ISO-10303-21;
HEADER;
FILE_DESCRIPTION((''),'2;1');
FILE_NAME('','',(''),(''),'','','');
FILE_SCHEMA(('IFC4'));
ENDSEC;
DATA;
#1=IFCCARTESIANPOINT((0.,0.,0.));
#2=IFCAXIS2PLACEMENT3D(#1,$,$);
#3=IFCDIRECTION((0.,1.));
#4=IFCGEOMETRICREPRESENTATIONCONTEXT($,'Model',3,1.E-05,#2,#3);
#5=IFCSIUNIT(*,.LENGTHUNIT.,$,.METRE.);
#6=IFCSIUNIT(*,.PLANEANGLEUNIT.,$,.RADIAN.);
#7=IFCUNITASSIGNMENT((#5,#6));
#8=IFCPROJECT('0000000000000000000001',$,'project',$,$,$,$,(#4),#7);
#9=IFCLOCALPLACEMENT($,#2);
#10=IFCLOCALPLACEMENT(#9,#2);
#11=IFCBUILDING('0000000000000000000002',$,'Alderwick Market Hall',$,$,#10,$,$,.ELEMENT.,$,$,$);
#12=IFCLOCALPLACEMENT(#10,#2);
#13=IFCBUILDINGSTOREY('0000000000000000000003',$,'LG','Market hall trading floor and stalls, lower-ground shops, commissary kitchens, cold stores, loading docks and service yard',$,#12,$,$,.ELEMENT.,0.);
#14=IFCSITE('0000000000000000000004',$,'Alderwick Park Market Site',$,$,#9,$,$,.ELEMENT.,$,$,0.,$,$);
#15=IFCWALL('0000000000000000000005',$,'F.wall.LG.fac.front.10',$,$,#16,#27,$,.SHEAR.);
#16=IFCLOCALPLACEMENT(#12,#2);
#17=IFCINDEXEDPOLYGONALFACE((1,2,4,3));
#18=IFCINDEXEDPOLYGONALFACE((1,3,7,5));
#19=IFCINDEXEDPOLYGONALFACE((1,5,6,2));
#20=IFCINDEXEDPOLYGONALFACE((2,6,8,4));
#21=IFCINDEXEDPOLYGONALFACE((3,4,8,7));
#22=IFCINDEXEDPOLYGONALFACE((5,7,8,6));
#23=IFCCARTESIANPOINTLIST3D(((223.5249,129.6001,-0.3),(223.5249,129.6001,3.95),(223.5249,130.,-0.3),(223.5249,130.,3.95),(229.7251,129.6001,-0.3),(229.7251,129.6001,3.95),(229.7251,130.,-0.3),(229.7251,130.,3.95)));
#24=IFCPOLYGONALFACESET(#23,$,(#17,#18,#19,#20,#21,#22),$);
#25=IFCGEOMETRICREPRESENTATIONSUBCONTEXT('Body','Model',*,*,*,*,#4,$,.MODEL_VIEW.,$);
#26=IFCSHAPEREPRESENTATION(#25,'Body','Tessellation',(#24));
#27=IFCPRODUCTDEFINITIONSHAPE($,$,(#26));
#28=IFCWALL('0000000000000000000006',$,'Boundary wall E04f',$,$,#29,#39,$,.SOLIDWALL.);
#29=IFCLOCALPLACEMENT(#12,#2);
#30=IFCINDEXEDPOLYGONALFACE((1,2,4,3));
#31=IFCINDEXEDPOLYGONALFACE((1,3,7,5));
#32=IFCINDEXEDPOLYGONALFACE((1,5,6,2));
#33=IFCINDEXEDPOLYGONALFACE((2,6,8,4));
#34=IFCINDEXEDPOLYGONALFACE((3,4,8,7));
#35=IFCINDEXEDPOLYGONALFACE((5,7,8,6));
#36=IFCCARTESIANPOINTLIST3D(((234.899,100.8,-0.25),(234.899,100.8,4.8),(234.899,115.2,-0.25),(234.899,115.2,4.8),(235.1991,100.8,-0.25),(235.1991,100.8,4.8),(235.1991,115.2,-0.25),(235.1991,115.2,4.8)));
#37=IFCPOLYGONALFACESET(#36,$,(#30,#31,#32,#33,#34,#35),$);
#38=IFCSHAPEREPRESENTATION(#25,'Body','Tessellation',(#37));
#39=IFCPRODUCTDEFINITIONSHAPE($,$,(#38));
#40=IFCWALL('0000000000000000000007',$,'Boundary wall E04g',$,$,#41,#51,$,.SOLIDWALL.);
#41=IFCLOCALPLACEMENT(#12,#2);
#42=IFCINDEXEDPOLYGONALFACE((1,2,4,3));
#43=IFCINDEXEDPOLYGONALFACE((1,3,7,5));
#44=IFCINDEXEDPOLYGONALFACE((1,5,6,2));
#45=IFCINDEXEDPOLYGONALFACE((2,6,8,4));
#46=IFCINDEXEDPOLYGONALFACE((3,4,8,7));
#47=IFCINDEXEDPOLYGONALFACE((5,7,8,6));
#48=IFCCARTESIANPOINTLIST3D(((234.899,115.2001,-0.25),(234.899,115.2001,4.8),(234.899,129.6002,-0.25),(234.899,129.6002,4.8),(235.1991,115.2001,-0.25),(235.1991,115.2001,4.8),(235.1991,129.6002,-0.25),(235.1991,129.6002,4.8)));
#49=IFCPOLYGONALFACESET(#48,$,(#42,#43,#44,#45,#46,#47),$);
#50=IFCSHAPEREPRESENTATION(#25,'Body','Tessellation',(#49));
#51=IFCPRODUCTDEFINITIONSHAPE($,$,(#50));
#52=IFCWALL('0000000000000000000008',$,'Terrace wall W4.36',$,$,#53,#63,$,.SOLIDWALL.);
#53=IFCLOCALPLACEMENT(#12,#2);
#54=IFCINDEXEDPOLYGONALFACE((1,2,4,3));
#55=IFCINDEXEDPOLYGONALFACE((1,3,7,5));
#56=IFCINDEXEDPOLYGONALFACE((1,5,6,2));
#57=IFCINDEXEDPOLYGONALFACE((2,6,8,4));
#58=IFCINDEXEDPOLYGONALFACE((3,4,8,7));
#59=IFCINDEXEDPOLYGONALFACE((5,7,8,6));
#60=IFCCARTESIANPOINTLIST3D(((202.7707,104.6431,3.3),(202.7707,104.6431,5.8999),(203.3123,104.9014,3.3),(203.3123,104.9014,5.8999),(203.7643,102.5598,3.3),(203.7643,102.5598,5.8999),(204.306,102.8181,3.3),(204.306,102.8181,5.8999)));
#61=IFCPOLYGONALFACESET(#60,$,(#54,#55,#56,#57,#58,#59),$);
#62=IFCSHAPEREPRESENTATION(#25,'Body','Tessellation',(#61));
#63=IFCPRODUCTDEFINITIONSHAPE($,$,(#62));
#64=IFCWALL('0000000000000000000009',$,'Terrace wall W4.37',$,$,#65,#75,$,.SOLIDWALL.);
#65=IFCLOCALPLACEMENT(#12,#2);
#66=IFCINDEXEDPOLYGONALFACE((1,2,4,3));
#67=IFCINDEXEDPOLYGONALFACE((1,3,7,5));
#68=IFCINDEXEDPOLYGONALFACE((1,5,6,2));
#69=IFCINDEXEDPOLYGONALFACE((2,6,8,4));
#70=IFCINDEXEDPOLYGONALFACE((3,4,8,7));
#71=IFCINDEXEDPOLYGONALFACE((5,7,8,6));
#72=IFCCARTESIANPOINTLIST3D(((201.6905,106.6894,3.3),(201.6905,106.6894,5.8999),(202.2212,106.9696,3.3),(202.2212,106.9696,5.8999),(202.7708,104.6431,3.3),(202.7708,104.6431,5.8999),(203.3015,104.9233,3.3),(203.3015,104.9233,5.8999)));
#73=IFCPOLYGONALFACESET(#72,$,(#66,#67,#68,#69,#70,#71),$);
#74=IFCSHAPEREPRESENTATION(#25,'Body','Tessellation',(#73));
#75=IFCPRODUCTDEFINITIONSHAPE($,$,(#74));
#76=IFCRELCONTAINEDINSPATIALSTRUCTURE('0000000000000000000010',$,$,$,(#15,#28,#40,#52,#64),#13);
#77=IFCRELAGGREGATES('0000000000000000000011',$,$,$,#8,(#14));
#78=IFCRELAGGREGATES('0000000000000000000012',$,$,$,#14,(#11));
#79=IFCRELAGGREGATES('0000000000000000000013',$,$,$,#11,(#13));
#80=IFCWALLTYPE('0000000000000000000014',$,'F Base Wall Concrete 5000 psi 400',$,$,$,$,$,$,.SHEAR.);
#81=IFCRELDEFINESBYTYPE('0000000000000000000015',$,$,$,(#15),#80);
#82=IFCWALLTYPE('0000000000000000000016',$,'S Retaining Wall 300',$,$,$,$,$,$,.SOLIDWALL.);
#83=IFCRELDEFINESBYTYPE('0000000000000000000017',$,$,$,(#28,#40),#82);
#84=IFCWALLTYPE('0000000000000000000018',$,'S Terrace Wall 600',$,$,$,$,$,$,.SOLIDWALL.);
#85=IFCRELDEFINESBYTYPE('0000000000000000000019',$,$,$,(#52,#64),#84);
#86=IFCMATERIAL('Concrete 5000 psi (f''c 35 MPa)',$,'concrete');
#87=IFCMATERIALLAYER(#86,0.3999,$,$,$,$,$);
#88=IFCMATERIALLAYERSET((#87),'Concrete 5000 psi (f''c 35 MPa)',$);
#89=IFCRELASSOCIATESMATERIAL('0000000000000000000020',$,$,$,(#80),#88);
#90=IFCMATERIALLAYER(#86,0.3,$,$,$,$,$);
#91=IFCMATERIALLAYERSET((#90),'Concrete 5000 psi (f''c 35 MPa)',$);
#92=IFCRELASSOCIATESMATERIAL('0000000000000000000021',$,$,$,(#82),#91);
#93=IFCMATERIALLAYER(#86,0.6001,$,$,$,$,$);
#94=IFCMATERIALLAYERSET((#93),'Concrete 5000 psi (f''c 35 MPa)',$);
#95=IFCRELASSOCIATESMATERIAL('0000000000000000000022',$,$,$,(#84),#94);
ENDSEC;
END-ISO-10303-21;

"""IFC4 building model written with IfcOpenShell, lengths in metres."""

from ifc_helpers import new_model, si_unit, direction, frame, frame_2d, origin, place, context, subcontext, project, spatial, rectangle, extrude, material, layer, layer_set, type_object, element, save


model = new_model("IFC4")

# Units and contexts
model_context = context("Model", 3, precision=1e-05, world=origin(), true_north=direction((0.0, 1.0)))
body_context = subcontext(model_context, "Body", "Model", "MODEL_VIEW")
ifc_project = project(units=[si_unit("LENGTHUNIT", "METRE"), si_unit("PLANEANGLEUNIT", "RADIAN")], contexts=[model_context])

# Site, building, storey
site_placement = place(None, origin())
site = spatial("IfcSite", under=ifc_project, at=site_placement, Name="Alderwick Park Market Site", CompositionType="ELEMENT", RefElevation=0.0)
building_placement = place(site_placement, origin())
building = spatial("IfcBuilding", under=site, at=building_placement, Name="Alderwick Market Hall", CompositionType="ELEMENT")
storey_placement = place(building_placement, origin())
storey = spatial("IfcBuildingStorey", under=building, at=storey_placement, Name="LG", Description="Market hall trading floor and stalls, lower-ground shops, commissary kitchens, cold stores, loading docks and service yard", CompositionType="ELEMENT", Elevation=0.0)

# Shared definitions
ifc_material_1 = material(Name="Concrete 5000 psi (f'c 35 MPa)", Category="concrete")

# Walls
ifc_layer_1 = layer(ifc_material_1, 0.3999)
ifc_layer_set_1 = layer_set([ifc_layer_1], Name="Concrete 5000 psi (f'c 35 MPa)")
wall_type_1 = type_object("IfcWallType", Name="F Base Wall Concrete 5000 psi 400", PredefinedType="SHEAR", material=ifc_layer_set_1)
wall_1_placement = place(storey_placement, frame((229.7251, 129.8, -0.3), z_axis=(0.0, 0.0, 1.0), x_axis=(-1.0, 0.0, 0.0)))
element("IfcWall", 1, at=wall_1_placement, inside=storey, type_object=wall_type_1, Name="F.wall.LG.fac.front.10", PredefinedType="SHEAR", context=body_context, shape_type="SweptSolid", body=[
    extrude(rectangle(XDim=6.2002, YDim=0.3999, at=frame_2d((3.1001, 0.0))), origin(), (0.0, 0.0, 1.0), 4.25),
])
ifc_layer_2 = layer(ifc_material_1, 0.3)
ifc_layer_set_2 = layer_set([ifc_layer_2], Name="Concrete 5000 psi (f'c 35 MPa)")
wall_type_2 = type_object("IfcWallType", Name="S Retaining Wall 300", PredefinedType="SOLIDWALL", material=ifc_layer_set_2)
wall_2_placement = place(storey_placement, frame((235.0491, 100.8, -0.25), z_axis=(0.0, 0.0, 1.0), x_axis=(0.0, 1.0, 0.0)))
element("IfcWall", 2, at=wall_2_placement, inside=storey, type_object=wall_type_2, Name="Boundary wall E04f", PredefinedType="SOLIDWALL", context=body_context, shape_type="SweptSolid", body=[
    extrude(rectangle(XDim=14.3999, YDim=0.3, at=frame_2d((7.2, 0.0))), origin(), (0.0, 0.0, 1.0), 5.05),
])
wall_3_placement = place(storey_placement, frame((235.0491, 115.2, -0.25), z_axis=(0.0, 0.0, 1.0), x_axis=(0.0, 1.0, 0.0)))
element("IfcWall", 3, at=wall_3_placement, inside=storey, type_object=wall_type_2, Name="Boundary wall E04g", PredefinedType="SOLIDWALL", context=body_context, shape_type="SweptSolid", body=[
    extrude(rectangle(XDim=14.4001, YDim=0.3, at=frame_2d((7.2002, 0.0))), origin(), (0.0, 0.0, 1.0), 5.05),
])
ifc_layer_3 = layer(ifc_material_1, 0.6001)
ifc_layer_set_3 = layer_set([ifc_layer_3], Name="Concrete 5000 psi (f'c 35 MPa)")
wall_type_3 = type_object("IfcWallType", Name="S Terrace Wall 600", PredefinedType="SOLIDWALL", material=ifc_layer_set_3)
wall_4_placement = place(storey_placement, frame((204.0352, 102.689, 3.3), z_axis=(0.0, 0.0, 1.0), x_axis=(-0.430508, 0.902587, 0.0)))
element("IfcWall", 4, at=wall_4_placement, inside=storey, type_object=wall_type_3, Name="Terrace wall W4.36", PredefinedType="SOLIDWALL", context=body_context, shape_type="SweptSolid", body=[
    extrude(rectangle(XDim=2.3081, YDim=0.6001, at=frame_2d((1.1541, 0.0))), origin(), (0.0, 0.0, 1.0), 2.5999),
])
wall_5_placement = place(storey_placement, frame((203.0361, 104.7832, 3.3), z_axis=(0.0, 0.0, 1.0), x_axis=(-0.466855, 0.884334, 0.0)))
element("IfcWall", 5, at=wall_5_placement, inside=storey, type_object=wall_type_3, Name="Terrace wall W4.37", PredefinedType="SOLIDWALL", context=body_context, shape_type="SweptSolid", body=[
    extrude(rectangle(XDim=2.314, YDim=0.6001, at=frame_2d((1.157, 0.0))), origin(), (0.0, 0.0, 1.0), 2.5999),
])

save(model, "model.ifc")
